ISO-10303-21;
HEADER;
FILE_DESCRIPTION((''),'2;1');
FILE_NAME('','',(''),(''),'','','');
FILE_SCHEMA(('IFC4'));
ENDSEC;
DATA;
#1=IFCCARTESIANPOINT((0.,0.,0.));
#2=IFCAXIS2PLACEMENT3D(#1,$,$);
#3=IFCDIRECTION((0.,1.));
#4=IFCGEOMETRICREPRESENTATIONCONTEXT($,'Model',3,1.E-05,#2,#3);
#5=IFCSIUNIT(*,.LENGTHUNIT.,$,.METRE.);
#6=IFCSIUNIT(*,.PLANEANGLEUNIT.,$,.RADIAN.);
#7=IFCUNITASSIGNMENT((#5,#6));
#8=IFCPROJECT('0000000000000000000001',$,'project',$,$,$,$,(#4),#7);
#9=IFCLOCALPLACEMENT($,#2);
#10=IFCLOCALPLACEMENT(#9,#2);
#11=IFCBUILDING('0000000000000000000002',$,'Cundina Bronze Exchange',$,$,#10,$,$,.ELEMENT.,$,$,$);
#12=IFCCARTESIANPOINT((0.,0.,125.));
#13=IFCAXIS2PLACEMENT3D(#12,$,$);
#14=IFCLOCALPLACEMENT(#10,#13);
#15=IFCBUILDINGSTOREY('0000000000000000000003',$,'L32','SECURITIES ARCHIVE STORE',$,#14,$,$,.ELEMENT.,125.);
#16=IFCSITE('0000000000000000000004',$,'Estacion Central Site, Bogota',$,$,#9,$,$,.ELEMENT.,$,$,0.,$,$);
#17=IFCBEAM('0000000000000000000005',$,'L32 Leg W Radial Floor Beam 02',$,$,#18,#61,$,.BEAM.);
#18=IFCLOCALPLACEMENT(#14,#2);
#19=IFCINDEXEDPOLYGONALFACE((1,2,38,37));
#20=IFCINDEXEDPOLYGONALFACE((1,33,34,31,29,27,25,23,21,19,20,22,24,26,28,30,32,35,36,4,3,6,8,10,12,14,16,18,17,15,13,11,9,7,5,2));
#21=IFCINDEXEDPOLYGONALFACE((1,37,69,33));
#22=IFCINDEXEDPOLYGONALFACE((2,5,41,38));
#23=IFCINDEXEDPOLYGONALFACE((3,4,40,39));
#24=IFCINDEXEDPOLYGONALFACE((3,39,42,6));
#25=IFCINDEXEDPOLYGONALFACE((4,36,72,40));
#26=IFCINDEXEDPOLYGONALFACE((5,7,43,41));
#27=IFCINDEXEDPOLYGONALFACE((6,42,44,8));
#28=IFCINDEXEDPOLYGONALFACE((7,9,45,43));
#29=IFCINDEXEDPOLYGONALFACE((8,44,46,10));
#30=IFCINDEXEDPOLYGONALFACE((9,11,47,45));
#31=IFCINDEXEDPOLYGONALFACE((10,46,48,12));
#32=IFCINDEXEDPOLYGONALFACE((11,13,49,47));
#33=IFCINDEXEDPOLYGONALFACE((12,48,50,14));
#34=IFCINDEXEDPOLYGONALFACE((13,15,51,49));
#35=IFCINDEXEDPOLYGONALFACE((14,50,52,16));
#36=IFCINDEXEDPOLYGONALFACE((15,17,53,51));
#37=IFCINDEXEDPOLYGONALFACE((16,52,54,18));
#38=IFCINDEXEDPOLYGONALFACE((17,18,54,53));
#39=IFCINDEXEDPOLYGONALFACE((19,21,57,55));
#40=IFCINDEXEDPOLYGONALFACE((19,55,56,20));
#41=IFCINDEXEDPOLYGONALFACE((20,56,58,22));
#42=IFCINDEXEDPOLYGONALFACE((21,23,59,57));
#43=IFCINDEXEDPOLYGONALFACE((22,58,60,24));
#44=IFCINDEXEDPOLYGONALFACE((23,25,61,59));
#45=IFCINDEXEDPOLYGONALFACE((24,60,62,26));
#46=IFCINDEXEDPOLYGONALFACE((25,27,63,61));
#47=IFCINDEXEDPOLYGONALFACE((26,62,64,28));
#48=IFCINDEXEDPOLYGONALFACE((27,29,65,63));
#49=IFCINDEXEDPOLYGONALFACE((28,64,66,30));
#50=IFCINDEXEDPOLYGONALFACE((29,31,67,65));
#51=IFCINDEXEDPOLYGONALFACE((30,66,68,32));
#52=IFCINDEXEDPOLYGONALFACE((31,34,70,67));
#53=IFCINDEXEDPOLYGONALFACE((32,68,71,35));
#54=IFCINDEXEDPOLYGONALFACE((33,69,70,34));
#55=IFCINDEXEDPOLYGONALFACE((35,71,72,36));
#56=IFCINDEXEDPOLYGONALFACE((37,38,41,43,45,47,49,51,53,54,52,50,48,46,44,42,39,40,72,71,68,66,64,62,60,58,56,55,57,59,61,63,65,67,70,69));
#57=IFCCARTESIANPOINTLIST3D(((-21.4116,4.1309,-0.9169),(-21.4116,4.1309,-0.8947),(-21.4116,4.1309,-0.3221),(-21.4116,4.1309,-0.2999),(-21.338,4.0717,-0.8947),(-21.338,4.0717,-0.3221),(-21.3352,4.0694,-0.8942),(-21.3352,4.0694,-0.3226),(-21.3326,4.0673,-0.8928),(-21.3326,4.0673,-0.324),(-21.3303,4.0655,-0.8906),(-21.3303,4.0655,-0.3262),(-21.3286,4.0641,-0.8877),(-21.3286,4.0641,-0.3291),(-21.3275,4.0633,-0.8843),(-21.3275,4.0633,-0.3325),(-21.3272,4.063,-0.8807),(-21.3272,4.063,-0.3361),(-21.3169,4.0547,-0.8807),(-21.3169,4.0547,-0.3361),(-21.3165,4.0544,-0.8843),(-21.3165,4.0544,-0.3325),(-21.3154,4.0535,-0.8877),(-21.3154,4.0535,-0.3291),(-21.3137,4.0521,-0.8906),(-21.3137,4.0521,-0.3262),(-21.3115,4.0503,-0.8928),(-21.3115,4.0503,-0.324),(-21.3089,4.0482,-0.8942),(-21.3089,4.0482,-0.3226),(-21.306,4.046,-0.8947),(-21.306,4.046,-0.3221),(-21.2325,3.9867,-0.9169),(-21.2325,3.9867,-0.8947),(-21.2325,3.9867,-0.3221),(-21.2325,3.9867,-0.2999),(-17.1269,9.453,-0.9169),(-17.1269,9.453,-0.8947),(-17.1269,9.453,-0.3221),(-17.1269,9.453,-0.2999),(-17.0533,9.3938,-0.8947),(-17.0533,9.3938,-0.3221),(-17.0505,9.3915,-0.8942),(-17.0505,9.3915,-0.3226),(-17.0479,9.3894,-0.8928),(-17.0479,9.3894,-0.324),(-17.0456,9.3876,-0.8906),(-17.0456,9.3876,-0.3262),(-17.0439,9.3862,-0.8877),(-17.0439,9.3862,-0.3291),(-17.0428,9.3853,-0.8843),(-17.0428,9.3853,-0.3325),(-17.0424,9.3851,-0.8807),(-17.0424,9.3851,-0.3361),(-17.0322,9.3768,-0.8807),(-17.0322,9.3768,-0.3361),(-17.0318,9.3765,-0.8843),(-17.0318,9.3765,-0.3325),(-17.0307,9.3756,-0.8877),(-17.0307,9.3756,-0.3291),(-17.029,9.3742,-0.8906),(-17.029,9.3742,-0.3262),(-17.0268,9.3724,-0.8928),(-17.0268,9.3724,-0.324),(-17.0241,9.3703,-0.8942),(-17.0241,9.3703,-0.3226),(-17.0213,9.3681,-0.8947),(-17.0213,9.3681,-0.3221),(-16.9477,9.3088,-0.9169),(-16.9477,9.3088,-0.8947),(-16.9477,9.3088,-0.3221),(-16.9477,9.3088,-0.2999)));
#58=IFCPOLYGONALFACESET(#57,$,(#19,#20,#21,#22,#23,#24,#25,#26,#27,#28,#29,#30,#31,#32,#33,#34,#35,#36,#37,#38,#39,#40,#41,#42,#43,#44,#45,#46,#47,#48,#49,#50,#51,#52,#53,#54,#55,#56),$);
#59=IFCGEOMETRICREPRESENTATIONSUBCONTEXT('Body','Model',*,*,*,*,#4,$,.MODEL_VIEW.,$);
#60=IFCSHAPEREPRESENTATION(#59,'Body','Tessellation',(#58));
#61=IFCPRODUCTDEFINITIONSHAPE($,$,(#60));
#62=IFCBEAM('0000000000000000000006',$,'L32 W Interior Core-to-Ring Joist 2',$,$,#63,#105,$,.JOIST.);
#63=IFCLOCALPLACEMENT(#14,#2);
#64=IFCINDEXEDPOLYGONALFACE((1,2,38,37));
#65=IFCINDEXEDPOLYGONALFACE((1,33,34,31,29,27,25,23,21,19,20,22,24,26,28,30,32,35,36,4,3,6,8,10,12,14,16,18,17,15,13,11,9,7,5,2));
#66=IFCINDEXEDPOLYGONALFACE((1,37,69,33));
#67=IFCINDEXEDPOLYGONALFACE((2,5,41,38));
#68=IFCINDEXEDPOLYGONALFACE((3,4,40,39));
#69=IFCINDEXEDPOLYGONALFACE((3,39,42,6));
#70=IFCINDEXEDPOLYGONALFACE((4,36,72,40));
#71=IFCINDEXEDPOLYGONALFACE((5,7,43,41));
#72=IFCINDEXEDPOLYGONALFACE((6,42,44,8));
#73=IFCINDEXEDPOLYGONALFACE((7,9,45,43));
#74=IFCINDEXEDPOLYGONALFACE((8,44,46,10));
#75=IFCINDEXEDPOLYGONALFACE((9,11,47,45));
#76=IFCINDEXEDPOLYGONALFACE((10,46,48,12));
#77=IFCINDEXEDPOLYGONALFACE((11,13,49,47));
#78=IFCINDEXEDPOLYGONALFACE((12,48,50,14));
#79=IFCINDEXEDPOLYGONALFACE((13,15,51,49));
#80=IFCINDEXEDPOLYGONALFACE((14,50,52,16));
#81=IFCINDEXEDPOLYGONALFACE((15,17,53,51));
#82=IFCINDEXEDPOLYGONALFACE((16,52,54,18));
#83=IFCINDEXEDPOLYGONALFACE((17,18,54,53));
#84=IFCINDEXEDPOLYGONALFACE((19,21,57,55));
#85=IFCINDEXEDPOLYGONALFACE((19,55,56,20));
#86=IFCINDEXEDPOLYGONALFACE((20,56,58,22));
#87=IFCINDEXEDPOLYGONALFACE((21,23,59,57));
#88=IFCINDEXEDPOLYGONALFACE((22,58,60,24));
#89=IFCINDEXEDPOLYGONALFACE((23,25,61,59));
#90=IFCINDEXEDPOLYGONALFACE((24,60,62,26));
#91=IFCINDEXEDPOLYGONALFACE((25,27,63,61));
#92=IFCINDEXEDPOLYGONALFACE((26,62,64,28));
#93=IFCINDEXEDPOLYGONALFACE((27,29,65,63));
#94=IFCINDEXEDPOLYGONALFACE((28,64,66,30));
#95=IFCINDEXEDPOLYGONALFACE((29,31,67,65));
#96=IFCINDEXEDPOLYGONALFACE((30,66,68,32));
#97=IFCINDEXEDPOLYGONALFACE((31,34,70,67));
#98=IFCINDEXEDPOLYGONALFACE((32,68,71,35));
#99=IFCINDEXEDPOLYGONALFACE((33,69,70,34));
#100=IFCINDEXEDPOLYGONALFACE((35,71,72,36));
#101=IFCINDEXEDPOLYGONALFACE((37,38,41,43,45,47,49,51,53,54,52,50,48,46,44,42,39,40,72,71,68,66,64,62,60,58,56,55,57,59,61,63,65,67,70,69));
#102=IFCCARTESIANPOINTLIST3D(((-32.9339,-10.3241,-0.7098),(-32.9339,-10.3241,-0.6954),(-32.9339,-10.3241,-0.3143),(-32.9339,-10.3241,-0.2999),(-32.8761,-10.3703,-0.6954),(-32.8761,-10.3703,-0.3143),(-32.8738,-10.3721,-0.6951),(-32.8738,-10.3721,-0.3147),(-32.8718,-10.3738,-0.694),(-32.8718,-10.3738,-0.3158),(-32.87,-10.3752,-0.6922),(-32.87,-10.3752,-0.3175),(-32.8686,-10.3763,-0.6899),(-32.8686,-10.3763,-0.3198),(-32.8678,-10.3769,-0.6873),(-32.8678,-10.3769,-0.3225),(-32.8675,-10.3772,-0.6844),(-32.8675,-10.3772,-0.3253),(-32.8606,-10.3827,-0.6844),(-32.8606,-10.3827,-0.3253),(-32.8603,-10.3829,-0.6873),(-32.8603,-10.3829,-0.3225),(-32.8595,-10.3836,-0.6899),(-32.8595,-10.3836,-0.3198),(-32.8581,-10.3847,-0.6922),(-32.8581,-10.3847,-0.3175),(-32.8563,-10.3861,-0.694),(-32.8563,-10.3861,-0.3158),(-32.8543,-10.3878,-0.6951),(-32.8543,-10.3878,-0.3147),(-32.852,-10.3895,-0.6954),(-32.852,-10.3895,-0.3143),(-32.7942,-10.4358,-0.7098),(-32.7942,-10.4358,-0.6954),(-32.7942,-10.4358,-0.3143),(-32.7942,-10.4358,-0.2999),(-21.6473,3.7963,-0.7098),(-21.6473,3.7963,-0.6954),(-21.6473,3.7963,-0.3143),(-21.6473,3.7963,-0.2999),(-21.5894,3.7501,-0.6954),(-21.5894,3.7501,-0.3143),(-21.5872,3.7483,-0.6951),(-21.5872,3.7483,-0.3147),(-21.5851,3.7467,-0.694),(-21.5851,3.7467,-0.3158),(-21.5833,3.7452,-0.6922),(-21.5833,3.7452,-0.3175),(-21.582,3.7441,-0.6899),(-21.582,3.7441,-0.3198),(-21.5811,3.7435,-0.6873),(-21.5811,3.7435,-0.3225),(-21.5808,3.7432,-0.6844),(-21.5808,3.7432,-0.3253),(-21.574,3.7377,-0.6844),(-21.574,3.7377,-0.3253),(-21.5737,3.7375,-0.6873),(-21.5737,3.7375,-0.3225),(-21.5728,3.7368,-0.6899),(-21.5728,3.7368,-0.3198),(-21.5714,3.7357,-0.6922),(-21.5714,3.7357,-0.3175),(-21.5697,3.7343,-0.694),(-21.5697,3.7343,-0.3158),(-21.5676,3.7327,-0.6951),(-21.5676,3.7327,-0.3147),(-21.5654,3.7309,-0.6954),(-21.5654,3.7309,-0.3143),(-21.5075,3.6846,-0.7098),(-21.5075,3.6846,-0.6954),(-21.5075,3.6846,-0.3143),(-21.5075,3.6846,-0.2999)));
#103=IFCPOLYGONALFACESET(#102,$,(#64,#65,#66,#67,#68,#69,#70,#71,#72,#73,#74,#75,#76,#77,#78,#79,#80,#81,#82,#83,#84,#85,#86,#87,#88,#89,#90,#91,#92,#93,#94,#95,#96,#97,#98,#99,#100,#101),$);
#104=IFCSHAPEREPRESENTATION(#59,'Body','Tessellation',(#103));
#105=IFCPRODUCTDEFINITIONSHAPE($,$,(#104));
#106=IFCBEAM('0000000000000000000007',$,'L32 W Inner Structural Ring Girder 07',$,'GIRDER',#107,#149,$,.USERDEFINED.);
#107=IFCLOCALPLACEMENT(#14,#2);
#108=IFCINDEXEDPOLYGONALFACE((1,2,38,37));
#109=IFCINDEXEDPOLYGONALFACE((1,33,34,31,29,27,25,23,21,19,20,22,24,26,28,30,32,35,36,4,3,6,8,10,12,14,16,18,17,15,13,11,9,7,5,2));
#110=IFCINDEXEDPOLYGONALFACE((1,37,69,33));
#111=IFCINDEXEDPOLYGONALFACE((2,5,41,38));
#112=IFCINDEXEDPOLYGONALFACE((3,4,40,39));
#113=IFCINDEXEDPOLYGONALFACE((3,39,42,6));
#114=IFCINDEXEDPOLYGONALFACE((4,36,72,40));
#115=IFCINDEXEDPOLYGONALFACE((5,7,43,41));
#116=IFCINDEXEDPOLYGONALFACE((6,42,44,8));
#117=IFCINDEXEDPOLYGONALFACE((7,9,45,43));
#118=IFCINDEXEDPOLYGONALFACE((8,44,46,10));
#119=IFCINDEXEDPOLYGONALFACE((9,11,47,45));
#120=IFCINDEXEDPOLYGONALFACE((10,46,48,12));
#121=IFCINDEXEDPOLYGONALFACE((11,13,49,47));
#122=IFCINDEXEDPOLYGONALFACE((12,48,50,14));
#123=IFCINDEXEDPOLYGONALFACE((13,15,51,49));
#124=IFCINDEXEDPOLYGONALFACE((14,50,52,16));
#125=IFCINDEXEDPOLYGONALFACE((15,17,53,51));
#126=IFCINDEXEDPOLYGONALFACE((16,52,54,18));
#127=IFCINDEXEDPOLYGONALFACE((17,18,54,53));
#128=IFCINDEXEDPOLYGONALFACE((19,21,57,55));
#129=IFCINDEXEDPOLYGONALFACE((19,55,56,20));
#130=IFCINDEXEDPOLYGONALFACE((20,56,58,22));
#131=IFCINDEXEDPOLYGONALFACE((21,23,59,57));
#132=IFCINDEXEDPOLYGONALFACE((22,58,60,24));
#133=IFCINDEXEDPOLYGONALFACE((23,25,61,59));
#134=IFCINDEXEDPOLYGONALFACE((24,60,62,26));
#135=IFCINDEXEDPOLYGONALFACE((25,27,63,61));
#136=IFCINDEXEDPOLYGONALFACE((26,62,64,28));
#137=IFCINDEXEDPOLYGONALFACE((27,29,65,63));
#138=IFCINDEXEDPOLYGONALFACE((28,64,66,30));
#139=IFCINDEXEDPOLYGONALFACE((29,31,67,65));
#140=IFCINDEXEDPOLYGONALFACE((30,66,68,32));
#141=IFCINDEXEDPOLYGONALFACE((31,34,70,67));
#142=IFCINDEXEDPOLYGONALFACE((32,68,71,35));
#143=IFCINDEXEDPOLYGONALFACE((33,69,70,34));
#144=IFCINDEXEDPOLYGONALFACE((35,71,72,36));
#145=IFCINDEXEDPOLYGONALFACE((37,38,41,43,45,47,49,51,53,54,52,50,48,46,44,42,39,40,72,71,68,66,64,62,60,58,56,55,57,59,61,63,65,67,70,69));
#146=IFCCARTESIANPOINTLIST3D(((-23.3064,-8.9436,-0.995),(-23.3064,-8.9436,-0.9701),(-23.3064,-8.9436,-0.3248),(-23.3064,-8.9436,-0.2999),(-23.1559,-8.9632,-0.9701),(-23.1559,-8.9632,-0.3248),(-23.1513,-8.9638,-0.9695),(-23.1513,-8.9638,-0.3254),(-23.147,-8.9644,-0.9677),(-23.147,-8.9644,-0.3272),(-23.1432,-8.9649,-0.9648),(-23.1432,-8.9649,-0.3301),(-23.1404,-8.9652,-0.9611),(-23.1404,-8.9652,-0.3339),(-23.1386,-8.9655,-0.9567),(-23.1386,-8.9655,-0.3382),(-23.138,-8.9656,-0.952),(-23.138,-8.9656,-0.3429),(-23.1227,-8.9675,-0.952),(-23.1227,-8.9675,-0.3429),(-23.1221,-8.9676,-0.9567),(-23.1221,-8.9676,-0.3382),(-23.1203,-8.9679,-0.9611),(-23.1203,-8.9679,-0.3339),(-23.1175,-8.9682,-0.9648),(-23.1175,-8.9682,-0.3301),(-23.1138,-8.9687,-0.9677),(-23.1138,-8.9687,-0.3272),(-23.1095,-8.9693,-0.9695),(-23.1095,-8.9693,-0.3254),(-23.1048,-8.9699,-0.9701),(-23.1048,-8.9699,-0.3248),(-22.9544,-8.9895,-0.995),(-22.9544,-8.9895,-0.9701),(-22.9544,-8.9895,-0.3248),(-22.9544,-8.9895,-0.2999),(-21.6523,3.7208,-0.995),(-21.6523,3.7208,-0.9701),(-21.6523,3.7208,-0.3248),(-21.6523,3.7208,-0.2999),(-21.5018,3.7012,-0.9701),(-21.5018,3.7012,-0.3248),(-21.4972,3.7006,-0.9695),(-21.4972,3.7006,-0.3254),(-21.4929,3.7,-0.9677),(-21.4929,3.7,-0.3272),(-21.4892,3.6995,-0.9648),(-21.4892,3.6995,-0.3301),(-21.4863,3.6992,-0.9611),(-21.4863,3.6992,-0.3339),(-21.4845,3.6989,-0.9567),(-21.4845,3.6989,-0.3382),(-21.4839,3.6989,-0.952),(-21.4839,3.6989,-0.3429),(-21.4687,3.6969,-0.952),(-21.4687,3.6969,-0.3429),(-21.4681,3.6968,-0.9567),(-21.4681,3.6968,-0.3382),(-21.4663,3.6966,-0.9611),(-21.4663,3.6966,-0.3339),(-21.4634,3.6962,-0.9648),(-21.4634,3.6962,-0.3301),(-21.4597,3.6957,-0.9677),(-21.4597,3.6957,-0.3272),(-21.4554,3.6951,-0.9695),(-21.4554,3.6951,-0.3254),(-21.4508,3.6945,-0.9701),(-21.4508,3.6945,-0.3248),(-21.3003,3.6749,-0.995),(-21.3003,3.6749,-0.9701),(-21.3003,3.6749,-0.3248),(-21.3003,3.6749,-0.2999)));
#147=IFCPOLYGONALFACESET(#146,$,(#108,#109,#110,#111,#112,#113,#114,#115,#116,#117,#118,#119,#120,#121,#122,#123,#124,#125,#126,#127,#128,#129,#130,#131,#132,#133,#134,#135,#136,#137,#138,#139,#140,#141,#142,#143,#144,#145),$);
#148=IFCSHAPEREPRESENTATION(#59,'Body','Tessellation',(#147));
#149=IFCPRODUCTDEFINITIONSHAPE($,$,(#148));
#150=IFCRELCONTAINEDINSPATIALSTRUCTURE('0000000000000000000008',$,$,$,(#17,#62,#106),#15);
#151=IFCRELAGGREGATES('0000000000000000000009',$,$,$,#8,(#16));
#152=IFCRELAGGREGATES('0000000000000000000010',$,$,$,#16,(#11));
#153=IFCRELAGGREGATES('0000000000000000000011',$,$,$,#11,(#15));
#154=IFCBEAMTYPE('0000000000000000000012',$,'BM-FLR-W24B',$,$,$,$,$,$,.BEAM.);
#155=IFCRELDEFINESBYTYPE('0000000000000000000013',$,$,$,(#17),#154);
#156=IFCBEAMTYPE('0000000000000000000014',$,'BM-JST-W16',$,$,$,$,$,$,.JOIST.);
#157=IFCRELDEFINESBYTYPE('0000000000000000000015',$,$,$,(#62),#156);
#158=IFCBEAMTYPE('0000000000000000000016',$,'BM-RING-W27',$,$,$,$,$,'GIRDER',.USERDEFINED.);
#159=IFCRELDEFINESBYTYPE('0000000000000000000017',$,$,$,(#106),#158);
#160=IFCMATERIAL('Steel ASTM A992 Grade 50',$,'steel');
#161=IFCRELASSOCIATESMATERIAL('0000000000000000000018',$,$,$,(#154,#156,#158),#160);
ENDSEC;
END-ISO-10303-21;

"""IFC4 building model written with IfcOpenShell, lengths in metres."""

from ifc_helpers import new_model, si_unit, direction, frame, origin, origin_2d, place, context, subcontext, project, spatial, i_section, extrude, material, material_profile, profile_set, type_object, element, save


model = new_model("IFC4")

# Units and contexts
model_context = context("Model", 3, precision=1e-05, world=origin(), true_north=direction((0.0, 1.0)))
body_context = subcontext(model_context, "Body", "Model", "MODEL_VIEW")
ifc_project = project(units=[si_unit("LENGTHUNIT", "METRE"), si_unit("PLANEANGLEUNIT", "RADIAN")], contexts=[model_context])

# Site, building, storey
site_placement = place(None, origin())
site = spatial("IfcSite", under=ifc_project, at=site_placement, Name="Estacion Central Site, Bogota", CompositionType="ELEMENT", RefElevation=0.0)
building_placement = place(site_placement, origin())
building = spatial("IfcBuilding", under=site, at=building_placement, Name="Cundina Bronze Exchange", CompositionType="ELEMENT")
storey_placement = place(building_placement, frame((0.0, 0.0, 125.0)))
storey = spatial("IfcBuildingStorey", under=building, at=storey_placement, Name="L32", Description="SECURITIES ARCHIVE STORE", CompositionType="ELEMENT", Elevation=125.0)

# Shared definitions
ifc_material_1 = material(Name="Steel ASTM A992 Grade 50", Category="steel")

# Beams
ifc_material_profile_1 = material_profile(ifc_material_1, i_section(OverallWidth=0.23, OverallDepth=0.6169, WebThickness=0.0132, FlangeThickness=0.0222, FilletRadius=0.0139, at=origin_2d()), Name="W24X94", Category="steel")
ifc_profile_set_1 = profile_set([ifc_material_profile_1], Name="Steel ASTM A992 Grade 50")
beam_type_1 = type_object("IfcBeamType", Name="BM-FLR-W24B", PredefinedType="BEAM", material=ifc_profile_set_1)
beam_1_placement = place(storey_placement, frame((-21.322, 4.0588, -0.6084), z_axis=(0.627106, 0.778934, 0.0), x_axis=(-0.778934, 0.627106, 0.0)))
element("IfcBeam", 1, at=beam_1_placement, inside=storey, type_object=beam_type_1, Name="L32 Leg W Radial Floor Beam 02", PredefinedType="BEAM", context=body_context, shape_type="SweptSolid", body=[
    extrude(i_section(OverallWidth=0.23, OverallDepth=0.6169, WebThickness=0.0132, FlangeThickness=0.0222, FilletRadius=0.0139, at=origin_2d()), origin(), (0.0, 0.0, 1.0), 6.8325),
])
ifc_material_profile_2 = material_profile(ifc_material_1, i_section(OverallWidth=0.179, OverallDepth=0.4099, WebThickness=0.0088, FlangeThickness=0.0144, FilletRadius=0.011, at=origin_2d()), Name="W16X45", Category="steel")
ifc_profile_set_2 = profile_set([ifc_material_profile_2], Name="Steel ASTM A992 Grade 50")
beam_type_2 = type_object("IfcBeamType", Name="BM-JST-W16", PredefinedType="JOIST", material=ifc_profile_set_2)
beam_2_placement = place(storey_placement, frame((-21.5774, 3.7405, -0.5049), z_axis=(-0.624369, -0.78113, 0.0), x_axis=(0.78113, -0.624369, 0.0)))
element("IfcBeam", 2, at=beam_2_placement, inside=storey, type_object=beam_type_2, Name="L32 W Interior Core-to-Ring Joist 2", PredefinedType="JOIST", context=body_context, shape_type="SweptSolid", body=[
    extrude(i_section(OverallWidth=0.179, OverallDepth=0.4099, WebThickness=0.0088, FlangeThickness=0.0144, FilletRadius=0.011, at=origin_2d()), origin(), (0.0, 0.0, 1.0), 18.0769),
])
ifc_material_profile_3 = material_profile(ifc_material_1, i_section(OverallWidth=0.355, OverallDepth=0.6951, WebThickness=0.0154, FlangeThickness=0.0249, FilletRadius=0.0181, at=origin_2d()), Name="W27X146", Category="steel")
ifc_profile_set_3 = profile_set([ifc_material_profile_3], Name="Steel ASTM A992 Grade 50")
beam_type_3 = type_object("IfcBeamType", Name="BM-RING-W27", ElementType="GIRDER", PredefinedType="USERDEFINED", material=ifc_profile_set_3)
beam_3_placement = place(storey_placement, frame((-23.1304, -8.9666, -0.6475), z_axis=(0.129508, 0.991578, 0.0), x_axis=(-0.991578, 0.129508, 0.0)))
element("IfcBeam", 3, at=beam_3_placement, inside=storey, type_object=beam_type_3, Name="L32 W Inner Structural Ring Girder 07", ObjectType="GIRDER", PredefinedType="USERDEFINED", context=body_context, shape_type="SweptSolid", body=[
    extrude(i_section(OverallWidth=0.355, OverallDepth=0.6951, WebThickness=0.0154, FlangeThickness=0.0249, FilletRadius=0.0181, at=origin_2d()), origin(), (0.0, 0.0, 1.0), 12.772),
])

save(model, "model.ifc")
